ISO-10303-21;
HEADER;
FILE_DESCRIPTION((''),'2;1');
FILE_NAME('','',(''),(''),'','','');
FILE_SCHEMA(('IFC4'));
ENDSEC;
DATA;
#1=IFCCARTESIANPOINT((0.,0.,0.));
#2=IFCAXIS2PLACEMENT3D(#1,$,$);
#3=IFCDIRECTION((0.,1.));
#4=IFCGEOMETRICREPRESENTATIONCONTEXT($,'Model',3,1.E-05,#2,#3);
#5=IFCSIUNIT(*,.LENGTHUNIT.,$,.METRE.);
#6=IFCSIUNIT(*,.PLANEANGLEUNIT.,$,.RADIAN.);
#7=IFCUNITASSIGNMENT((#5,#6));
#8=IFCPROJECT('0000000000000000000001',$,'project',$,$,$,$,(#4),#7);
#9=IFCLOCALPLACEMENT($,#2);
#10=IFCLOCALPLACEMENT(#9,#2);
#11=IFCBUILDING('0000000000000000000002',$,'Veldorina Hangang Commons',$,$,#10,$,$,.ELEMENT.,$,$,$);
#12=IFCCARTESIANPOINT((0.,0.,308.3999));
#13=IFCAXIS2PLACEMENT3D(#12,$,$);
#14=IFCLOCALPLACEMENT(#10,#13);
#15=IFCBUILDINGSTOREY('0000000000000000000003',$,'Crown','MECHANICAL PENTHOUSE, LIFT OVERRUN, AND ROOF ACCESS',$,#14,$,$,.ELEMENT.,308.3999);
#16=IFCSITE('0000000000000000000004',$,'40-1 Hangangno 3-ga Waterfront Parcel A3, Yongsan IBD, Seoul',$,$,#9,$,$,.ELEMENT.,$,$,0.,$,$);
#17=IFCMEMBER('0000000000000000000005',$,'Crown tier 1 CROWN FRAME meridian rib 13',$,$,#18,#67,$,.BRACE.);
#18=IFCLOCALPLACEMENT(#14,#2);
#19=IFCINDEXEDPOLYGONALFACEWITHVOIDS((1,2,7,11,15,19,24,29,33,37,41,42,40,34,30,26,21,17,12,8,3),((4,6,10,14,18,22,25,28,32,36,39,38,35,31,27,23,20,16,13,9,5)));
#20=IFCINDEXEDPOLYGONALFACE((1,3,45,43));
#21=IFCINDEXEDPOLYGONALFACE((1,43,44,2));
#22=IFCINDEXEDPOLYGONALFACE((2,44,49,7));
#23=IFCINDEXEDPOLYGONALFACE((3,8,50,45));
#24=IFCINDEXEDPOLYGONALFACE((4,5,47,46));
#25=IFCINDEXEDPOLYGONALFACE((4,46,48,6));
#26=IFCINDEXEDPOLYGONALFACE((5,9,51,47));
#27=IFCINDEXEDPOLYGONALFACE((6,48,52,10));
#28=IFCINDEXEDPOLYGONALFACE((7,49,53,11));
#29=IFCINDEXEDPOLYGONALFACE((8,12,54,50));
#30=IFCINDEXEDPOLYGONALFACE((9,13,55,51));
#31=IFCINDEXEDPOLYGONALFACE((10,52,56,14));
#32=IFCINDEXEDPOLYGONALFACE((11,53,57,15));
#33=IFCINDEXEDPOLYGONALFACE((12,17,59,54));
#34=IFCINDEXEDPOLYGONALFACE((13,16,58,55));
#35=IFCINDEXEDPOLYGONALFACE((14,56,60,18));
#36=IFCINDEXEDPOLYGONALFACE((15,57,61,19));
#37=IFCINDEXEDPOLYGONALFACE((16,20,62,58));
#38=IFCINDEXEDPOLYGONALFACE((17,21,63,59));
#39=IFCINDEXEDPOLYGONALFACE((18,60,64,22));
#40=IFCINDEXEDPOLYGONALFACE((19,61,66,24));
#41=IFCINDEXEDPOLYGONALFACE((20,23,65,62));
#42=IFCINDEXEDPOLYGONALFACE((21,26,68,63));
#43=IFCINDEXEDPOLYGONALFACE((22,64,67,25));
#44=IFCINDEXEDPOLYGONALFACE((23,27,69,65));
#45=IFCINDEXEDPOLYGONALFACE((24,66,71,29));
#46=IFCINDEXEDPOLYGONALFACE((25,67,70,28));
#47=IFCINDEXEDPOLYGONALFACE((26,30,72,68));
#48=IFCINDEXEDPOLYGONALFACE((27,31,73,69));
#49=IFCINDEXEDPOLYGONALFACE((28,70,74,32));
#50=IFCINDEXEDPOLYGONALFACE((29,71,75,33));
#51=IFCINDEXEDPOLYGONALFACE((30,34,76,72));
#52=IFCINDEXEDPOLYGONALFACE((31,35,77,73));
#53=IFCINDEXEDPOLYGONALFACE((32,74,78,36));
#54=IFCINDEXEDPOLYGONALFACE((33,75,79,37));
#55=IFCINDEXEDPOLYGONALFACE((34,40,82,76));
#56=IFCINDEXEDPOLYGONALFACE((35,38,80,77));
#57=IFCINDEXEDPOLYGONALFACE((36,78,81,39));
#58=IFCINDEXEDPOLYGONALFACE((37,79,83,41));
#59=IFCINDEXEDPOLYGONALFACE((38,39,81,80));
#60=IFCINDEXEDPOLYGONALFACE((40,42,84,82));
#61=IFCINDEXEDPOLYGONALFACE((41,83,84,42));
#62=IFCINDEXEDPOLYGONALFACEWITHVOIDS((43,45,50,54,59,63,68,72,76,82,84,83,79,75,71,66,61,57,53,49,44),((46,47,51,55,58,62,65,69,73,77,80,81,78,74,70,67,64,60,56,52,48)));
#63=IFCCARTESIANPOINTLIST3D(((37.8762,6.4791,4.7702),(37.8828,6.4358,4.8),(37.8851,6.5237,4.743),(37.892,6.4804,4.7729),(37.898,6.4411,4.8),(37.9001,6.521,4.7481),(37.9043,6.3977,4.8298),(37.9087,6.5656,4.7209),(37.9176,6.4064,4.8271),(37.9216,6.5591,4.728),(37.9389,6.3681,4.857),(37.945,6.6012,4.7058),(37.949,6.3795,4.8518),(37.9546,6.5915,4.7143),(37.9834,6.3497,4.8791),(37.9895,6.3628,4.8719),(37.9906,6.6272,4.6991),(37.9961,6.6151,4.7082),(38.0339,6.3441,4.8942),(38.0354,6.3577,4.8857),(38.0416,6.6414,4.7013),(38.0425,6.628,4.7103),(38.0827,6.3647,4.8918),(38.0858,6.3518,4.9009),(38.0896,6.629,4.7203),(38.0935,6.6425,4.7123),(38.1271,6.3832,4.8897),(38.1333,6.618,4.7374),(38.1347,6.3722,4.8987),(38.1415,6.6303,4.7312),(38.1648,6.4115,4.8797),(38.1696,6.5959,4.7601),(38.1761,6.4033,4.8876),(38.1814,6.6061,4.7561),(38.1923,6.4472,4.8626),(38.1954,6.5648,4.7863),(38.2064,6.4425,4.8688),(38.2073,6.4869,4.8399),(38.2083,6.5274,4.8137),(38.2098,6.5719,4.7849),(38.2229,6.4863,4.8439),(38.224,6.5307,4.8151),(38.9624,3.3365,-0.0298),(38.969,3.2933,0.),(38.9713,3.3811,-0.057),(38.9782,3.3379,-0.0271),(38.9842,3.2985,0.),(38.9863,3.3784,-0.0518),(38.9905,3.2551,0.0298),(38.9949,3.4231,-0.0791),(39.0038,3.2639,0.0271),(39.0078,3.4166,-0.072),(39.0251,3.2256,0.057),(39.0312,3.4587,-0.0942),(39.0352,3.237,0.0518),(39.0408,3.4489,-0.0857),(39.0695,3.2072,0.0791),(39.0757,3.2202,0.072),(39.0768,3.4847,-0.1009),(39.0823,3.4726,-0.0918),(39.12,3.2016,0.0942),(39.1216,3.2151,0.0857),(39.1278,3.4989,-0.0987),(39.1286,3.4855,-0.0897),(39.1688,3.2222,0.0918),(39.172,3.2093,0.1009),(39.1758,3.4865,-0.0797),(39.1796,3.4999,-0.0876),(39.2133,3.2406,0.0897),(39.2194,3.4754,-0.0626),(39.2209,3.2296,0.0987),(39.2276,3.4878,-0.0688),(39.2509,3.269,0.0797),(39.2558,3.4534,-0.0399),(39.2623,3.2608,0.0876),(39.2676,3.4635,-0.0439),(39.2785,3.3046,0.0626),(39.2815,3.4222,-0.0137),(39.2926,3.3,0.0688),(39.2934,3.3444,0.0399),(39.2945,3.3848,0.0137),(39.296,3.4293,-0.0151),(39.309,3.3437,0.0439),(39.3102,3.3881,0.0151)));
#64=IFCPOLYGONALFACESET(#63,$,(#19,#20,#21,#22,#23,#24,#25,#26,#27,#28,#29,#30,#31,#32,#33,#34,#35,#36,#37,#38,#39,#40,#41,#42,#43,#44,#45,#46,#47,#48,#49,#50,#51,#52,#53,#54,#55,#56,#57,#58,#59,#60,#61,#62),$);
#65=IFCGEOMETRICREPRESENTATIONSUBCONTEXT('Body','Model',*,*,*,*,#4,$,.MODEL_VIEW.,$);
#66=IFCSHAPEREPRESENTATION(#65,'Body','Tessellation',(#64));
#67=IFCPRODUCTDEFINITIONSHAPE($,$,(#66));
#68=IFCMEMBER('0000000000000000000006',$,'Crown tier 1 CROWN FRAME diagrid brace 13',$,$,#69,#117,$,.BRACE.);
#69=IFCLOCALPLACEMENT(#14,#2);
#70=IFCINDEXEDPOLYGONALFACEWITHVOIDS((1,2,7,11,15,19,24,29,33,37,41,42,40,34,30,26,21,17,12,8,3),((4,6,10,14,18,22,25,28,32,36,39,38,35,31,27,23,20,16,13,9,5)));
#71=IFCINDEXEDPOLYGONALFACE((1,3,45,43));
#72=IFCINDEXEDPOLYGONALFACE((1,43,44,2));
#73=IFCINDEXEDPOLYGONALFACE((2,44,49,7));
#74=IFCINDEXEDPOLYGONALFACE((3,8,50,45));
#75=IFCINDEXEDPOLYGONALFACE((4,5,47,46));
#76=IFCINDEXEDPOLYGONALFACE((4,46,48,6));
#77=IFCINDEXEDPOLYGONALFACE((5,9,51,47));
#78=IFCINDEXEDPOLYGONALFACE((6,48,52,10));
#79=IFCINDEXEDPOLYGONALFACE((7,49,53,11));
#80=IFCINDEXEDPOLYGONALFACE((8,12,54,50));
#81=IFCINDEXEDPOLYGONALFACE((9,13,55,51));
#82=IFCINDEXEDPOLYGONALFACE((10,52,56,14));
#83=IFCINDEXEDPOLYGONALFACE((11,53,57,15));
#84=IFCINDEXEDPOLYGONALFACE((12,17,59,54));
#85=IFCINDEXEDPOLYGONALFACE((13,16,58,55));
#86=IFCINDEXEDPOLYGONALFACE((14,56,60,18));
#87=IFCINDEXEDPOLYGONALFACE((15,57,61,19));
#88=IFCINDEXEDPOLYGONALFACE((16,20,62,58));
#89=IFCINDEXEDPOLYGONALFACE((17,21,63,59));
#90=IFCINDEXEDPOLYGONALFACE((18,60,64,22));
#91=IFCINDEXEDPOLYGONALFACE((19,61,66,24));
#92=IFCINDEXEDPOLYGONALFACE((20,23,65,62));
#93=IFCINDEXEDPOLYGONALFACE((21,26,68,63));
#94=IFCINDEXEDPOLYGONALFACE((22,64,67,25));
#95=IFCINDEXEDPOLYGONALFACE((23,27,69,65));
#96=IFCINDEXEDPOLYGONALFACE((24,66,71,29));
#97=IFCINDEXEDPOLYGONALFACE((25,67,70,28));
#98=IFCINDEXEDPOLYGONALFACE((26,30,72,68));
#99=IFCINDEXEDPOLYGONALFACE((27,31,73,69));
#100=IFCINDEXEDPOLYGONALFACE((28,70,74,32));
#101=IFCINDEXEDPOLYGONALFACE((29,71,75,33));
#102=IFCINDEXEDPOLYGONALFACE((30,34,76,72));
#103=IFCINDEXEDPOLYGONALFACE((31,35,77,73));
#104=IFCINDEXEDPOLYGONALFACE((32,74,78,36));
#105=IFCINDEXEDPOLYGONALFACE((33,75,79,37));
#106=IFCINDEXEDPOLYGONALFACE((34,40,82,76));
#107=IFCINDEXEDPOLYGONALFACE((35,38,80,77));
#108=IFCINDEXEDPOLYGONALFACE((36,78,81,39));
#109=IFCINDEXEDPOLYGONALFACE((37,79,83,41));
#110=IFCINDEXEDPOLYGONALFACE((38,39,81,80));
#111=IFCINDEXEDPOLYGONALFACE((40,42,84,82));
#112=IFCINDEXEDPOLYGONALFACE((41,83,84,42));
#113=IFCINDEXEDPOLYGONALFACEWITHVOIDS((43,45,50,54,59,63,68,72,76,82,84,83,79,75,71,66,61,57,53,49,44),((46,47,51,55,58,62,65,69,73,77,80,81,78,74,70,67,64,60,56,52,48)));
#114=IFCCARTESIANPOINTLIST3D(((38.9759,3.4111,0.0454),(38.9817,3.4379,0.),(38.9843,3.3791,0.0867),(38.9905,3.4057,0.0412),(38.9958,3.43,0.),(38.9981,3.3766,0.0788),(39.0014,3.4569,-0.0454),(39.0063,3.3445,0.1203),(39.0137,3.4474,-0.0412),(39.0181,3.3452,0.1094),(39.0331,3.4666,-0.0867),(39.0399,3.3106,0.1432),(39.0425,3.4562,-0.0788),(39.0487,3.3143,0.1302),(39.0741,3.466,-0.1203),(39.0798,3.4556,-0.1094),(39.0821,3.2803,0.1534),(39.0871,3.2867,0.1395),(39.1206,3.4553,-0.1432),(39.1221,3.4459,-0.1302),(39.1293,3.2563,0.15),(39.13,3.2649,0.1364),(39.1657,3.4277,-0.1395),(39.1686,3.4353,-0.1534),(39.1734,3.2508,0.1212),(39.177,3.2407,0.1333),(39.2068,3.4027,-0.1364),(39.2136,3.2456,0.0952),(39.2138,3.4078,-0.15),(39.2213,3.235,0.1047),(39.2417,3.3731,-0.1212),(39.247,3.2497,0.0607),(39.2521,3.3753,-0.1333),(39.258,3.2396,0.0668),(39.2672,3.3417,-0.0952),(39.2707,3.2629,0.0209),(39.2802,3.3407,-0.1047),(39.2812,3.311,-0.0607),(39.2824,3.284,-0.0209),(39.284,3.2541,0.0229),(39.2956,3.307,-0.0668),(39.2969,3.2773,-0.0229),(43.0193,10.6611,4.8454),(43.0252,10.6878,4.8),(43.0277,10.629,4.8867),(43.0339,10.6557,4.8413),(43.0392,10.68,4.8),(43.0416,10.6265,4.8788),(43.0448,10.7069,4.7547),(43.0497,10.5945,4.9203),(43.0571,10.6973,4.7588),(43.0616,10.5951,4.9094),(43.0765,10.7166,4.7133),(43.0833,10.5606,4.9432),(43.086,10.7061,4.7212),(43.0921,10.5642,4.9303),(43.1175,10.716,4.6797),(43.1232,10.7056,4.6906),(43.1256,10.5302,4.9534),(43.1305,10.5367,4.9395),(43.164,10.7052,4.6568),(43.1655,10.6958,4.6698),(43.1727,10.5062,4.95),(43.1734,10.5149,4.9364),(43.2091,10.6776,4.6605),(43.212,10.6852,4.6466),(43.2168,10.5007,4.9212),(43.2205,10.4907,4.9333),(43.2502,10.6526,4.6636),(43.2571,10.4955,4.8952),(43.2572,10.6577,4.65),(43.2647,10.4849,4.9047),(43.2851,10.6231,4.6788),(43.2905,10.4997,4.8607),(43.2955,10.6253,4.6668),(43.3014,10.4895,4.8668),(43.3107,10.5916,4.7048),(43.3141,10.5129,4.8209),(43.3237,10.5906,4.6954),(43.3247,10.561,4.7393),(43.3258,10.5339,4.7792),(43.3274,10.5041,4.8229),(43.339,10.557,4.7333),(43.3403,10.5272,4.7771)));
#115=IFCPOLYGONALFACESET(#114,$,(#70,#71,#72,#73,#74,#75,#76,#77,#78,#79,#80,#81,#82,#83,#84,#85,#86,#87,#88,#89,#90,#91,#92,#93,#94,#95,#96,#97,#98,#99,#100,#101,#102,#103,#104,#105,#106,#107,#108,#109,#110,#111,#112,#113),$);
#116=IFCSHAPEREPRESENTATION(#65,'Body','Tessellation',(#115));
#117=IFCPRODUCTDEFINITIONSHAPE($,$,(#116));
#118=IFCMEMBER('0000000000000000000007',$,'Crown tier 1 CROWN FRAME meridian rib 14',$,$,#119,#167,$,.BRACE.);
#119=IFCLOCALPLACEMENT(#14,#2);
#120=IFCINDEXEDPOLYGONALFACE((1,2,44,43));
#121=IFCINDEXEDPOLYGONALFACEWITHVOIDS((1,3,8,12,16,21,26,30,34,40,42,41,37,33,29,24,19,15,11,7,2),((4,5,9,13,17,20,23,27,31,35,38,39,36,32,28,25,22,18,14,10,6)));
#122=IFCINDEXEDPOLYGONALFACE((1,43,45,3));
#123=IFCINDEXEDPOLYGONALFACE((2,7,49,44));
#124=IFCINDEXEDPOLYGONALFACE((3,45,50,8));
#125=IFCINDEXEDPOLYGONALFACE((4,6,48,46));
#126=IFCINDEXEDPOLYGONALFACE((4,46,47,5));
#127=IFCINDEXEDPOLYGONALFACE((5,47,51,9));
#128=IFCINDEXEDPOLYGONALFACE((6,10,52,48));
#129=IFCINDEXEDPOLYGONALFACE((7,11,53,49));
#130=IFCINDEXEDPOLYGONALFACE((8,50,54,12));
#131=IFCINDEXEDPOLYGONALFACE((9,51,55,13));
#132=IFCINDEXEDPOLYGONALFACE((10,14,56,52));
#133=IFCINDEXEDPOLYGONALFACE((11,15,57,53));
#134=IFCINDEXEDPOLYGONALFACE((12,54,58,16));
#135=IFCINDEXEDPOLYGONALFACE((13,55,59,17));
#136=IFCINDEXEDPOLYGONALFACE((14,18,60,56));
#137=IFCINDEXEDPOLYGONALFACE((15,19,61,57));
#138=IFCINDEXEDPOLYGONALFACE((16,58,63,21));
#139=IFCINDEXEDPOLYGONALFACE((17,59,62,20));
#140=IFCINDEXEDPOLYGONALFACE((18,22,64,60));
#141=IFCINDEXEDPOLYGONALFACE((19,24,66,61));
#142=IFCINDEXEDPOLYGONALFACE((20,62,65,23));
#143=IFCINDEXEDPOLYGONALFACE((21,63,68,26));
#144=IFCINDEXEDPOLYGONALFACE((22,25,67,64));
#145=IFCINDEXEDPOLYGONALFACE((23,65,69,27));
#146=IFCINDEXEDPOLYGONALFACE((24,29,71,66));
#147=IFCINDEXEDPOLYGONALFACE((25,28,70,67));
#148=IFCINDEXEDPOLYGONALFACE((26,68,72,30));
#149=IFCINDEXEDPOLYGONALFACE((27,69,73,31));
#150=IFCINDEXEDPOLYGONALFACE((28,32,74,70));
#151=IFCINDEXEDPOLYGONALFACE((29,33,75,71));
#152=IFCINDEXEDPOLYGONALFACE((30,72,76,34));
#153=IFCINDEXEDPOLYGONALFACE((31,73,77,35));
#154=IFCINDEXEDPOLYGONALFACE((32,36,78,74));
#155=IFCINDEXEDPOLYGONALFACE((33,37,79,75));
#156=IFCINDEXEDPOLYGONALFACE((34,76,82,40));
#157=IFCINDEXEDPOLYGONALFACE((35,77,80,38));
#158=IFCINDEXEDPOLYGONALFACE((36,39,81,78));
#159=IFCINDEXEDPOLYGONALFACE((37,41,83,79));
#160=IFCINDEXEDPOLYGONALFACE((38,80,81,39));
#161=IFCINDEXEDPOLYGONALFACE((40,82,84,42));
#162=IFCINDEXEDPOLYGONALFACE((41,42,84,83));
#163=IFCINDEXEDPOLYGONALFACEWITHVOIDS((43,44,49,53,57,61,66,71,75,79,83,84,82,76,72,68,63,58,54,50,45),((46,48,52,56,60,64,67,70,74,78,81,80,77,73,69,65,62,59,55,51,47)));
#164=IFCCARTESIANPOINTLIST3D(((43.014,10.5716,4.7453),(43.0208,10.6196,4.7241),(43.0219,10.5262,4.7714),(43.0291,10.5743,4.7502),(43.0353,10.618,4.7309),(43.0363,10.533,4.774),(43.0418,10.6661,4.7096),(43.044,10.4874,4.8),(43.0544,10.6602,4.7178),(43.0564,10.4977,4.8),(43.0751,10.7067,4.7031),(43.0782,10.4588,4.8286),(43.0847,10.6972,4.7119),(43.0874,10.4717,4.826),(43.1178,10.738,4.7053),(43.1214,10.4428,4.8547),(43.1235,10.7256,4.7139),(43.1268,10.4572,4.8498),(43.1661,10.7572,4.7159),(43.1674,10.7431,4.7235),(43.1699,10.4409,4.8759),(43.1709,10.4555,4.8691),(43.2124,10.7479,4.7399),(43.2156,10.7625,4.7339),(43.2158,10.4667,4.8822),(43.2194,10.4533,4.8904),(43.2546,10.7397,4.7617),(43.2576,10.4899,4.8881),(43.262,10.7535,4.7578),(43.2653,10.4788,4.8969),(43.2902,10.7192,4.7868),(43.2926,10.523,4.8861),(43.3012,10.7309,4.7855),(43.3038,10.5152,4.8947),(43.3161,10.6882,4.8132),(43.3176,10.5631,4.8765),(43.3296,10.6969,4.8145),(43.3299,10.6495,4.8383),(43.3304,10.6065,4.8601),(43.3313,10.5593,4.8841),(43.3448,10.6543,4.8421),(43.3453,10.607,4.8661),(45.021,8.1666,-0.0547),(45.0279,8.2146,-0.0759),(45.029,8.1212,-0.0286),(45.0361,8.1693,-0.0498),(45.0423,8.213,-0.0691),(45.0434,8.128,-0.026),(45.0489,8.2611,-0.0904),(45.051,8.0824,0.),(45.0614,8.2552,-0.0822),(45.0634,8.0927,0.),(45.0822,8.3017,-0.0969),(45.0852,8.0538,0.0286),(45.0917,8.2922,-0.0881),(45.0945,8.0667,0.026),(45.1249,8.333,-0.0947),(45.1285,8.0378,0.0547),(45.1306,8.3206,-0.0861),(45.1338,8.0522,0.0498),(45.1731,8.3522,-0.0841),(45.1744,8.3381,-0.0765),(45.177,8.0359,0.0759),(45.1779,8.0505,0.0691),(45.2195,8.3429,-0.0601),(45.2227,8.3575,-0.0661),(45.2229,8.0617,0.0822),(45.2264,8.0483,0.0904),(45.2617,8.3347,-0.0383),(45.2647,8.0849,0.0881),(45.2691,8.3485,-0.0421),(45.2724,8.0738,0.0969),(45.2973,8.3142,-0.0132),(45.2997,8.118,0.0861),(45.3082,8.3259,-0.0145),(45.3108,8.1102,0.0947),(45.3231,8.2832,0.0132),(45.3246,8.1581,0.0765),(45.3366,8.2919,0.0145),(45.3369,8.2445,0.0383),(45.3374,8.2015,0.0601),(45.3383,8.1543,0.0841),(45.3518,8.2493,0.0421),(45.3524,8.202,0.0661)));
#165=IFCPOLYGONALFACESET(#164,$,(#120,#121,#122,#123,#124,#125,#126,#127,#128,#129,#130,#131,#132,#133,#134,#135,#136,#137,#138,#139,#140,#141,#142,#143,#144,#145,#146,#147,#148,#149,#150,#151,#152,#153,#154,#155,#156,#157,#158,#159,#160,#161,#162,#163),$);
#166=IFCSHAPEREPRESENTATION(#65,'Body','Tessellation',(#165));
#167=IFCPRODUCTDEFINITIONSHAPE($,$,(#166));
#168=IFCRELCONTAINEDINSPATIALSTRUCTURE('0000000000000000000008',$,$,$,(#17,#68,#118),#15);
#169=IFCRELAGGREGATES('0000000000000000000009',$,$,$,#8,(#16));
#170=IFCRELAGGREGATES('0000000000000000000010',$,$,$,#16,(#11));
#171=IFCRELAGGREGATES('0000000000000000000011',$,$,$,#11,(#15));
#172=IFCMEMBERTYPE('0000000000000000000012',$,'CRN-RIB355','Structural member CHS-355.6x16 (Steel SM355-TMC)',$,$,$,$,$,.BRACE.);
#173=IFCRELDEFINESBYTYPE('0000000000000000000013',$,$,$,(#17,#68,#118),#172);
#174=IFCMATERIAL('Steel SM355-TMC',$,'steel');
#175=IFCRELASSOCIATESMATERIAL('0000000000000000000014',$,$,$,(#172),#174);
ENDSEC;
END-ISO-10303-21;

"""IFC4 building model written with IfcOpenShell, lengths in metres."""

from ifc_helpers import new_model, si_unit, direction, frame, origin, origin_2d, place, context, subcontext, project, spatial, hollow_circle, extrude, material, material_profile, profile_set, type_object, element, save


model = new_model("IFC4")

# Units and contexts
model_context = context("Model", 3, precision=1e-05, world=origin(), true_north=direction((0.0, 1.0)))
body_context = subcontext(model_context, "Body", "Model", "MODEL_VIEW")
ifc_project = project(units=[si_unit("LENGTHUNIT", "METRE"), si_unit("PLANEANGLEUNIT", "RADIAN")], contexts=[model_context])

# Site, building, storey
site_placement = place(None, origin())
site = spatial("IfcSite", under=ifc_project, at=site_placement, Name="40-1 Hangangno 3-ga Waterfront Parcel A3, Yongsan IBD, Seoul", CompositionType="ELEMENT", RefElevation=0.0)
building_placement = place(site_placement, origin())
building = spatial("IfcBuilding", under=site, at=building_placement, Name="Veldorina Hangang Commons", CompositionType="ELEMENT")
storey_placement = place(building_placement, frame((0.0, 0.0, 308.3999)))
storey = spatial("IfcBuildingStorey", under=building, at=storey_placement, Name="Crown", Description="MECHANICAL PENTHOUSE, LIFT OVERRUN, AND ROOF ACCESS", CompositionType="ELEMENT", Elevation=308.3999)

# Members
ifc_material_1 = material(Name="Steel SM355-TMC", Category="steel")
ifc_material_profile_1 = material_profile(ifc_material_1, hollow_circle(Radius=0.1777, WallThickness=0.0161, at=origin_2d()), Name="CHS-355.6x16")
ifc_profile_set_1 = profile_set([ifc_material_profile_1], Name="Steel SM355-TMC")
member_type_1 = type_object("IfcMemberType", Name="CRN-RIB355", Description="Structural member CHS-355.6x16 (Steel SM355-TMC)", PredefinedType="BRACE", material=ifc_profile_set_1)
member_1_placement = place(storey_placement, frame((39.137, 3.3513, 0.0), z_axis=(-0.186016, 0.538188, 0.822041), x_axis=(-0.945138, -0.326672, 0.0)))
element("IfcMember", 1, at=member_1_placement, inside=storey, type_object=member_type_1, Name="Crown tier 1 CROWN FRAME meridian rib 13", PredefinedType="BRACE", context=body_context, shape_type="SweptSolid", body=[
    extrude(hollow_circle(Radius=0.1777, WallThickness=0.0161, at=origin_2d()), origin(), (0.0, 0.0, 1.0), 5.8391),
])
member_2_placement = place(storey_placement, frame((39.137, 3.3513, 0.0), z_axis=(0.421668, 0.75606, 0.500569), x_axis=(-0.873354, 0.487086, 0.0)))
element("IfcMember", 2, at=member_2_placement, inside=storey, type_object=member_type_1, Name="Crown tier 1 CROWN FRAME diagrid brace 13", PredefinedType="BRACE", context=body_context, shape_type="SweptSolid", body=[
    extrude(hollow_circle(Radius=0.1777, WallThickness=0.0161, at=origin_2d()), origin(), (0.0, 0.0, 1.0), 9.5891),
])
member_3_placement = place(storey_placement, frame((45.1875, 8.1963, 0.0), z_axis=(-0.350169, 0.419597, 0.837448), x_axis=(-0.767768, -0.640729, 0.0)))
element("IfcMember", 3, at=member_3_placement, inside=storey, type_object=member_type_1, Name="Crown tier 1 CROWN FRAME meridian rib 14", PredefinedType="BRACE", context=body_context, shape_type="SweptSolid", body=[
    extrude(hollow_circle(Radius=0.1777, WallThickness=0.0161, at=origin_2d()), origin(), (0.0, 0.0, 1.0), 5.7317),
])

save(model, "model.ifc")
